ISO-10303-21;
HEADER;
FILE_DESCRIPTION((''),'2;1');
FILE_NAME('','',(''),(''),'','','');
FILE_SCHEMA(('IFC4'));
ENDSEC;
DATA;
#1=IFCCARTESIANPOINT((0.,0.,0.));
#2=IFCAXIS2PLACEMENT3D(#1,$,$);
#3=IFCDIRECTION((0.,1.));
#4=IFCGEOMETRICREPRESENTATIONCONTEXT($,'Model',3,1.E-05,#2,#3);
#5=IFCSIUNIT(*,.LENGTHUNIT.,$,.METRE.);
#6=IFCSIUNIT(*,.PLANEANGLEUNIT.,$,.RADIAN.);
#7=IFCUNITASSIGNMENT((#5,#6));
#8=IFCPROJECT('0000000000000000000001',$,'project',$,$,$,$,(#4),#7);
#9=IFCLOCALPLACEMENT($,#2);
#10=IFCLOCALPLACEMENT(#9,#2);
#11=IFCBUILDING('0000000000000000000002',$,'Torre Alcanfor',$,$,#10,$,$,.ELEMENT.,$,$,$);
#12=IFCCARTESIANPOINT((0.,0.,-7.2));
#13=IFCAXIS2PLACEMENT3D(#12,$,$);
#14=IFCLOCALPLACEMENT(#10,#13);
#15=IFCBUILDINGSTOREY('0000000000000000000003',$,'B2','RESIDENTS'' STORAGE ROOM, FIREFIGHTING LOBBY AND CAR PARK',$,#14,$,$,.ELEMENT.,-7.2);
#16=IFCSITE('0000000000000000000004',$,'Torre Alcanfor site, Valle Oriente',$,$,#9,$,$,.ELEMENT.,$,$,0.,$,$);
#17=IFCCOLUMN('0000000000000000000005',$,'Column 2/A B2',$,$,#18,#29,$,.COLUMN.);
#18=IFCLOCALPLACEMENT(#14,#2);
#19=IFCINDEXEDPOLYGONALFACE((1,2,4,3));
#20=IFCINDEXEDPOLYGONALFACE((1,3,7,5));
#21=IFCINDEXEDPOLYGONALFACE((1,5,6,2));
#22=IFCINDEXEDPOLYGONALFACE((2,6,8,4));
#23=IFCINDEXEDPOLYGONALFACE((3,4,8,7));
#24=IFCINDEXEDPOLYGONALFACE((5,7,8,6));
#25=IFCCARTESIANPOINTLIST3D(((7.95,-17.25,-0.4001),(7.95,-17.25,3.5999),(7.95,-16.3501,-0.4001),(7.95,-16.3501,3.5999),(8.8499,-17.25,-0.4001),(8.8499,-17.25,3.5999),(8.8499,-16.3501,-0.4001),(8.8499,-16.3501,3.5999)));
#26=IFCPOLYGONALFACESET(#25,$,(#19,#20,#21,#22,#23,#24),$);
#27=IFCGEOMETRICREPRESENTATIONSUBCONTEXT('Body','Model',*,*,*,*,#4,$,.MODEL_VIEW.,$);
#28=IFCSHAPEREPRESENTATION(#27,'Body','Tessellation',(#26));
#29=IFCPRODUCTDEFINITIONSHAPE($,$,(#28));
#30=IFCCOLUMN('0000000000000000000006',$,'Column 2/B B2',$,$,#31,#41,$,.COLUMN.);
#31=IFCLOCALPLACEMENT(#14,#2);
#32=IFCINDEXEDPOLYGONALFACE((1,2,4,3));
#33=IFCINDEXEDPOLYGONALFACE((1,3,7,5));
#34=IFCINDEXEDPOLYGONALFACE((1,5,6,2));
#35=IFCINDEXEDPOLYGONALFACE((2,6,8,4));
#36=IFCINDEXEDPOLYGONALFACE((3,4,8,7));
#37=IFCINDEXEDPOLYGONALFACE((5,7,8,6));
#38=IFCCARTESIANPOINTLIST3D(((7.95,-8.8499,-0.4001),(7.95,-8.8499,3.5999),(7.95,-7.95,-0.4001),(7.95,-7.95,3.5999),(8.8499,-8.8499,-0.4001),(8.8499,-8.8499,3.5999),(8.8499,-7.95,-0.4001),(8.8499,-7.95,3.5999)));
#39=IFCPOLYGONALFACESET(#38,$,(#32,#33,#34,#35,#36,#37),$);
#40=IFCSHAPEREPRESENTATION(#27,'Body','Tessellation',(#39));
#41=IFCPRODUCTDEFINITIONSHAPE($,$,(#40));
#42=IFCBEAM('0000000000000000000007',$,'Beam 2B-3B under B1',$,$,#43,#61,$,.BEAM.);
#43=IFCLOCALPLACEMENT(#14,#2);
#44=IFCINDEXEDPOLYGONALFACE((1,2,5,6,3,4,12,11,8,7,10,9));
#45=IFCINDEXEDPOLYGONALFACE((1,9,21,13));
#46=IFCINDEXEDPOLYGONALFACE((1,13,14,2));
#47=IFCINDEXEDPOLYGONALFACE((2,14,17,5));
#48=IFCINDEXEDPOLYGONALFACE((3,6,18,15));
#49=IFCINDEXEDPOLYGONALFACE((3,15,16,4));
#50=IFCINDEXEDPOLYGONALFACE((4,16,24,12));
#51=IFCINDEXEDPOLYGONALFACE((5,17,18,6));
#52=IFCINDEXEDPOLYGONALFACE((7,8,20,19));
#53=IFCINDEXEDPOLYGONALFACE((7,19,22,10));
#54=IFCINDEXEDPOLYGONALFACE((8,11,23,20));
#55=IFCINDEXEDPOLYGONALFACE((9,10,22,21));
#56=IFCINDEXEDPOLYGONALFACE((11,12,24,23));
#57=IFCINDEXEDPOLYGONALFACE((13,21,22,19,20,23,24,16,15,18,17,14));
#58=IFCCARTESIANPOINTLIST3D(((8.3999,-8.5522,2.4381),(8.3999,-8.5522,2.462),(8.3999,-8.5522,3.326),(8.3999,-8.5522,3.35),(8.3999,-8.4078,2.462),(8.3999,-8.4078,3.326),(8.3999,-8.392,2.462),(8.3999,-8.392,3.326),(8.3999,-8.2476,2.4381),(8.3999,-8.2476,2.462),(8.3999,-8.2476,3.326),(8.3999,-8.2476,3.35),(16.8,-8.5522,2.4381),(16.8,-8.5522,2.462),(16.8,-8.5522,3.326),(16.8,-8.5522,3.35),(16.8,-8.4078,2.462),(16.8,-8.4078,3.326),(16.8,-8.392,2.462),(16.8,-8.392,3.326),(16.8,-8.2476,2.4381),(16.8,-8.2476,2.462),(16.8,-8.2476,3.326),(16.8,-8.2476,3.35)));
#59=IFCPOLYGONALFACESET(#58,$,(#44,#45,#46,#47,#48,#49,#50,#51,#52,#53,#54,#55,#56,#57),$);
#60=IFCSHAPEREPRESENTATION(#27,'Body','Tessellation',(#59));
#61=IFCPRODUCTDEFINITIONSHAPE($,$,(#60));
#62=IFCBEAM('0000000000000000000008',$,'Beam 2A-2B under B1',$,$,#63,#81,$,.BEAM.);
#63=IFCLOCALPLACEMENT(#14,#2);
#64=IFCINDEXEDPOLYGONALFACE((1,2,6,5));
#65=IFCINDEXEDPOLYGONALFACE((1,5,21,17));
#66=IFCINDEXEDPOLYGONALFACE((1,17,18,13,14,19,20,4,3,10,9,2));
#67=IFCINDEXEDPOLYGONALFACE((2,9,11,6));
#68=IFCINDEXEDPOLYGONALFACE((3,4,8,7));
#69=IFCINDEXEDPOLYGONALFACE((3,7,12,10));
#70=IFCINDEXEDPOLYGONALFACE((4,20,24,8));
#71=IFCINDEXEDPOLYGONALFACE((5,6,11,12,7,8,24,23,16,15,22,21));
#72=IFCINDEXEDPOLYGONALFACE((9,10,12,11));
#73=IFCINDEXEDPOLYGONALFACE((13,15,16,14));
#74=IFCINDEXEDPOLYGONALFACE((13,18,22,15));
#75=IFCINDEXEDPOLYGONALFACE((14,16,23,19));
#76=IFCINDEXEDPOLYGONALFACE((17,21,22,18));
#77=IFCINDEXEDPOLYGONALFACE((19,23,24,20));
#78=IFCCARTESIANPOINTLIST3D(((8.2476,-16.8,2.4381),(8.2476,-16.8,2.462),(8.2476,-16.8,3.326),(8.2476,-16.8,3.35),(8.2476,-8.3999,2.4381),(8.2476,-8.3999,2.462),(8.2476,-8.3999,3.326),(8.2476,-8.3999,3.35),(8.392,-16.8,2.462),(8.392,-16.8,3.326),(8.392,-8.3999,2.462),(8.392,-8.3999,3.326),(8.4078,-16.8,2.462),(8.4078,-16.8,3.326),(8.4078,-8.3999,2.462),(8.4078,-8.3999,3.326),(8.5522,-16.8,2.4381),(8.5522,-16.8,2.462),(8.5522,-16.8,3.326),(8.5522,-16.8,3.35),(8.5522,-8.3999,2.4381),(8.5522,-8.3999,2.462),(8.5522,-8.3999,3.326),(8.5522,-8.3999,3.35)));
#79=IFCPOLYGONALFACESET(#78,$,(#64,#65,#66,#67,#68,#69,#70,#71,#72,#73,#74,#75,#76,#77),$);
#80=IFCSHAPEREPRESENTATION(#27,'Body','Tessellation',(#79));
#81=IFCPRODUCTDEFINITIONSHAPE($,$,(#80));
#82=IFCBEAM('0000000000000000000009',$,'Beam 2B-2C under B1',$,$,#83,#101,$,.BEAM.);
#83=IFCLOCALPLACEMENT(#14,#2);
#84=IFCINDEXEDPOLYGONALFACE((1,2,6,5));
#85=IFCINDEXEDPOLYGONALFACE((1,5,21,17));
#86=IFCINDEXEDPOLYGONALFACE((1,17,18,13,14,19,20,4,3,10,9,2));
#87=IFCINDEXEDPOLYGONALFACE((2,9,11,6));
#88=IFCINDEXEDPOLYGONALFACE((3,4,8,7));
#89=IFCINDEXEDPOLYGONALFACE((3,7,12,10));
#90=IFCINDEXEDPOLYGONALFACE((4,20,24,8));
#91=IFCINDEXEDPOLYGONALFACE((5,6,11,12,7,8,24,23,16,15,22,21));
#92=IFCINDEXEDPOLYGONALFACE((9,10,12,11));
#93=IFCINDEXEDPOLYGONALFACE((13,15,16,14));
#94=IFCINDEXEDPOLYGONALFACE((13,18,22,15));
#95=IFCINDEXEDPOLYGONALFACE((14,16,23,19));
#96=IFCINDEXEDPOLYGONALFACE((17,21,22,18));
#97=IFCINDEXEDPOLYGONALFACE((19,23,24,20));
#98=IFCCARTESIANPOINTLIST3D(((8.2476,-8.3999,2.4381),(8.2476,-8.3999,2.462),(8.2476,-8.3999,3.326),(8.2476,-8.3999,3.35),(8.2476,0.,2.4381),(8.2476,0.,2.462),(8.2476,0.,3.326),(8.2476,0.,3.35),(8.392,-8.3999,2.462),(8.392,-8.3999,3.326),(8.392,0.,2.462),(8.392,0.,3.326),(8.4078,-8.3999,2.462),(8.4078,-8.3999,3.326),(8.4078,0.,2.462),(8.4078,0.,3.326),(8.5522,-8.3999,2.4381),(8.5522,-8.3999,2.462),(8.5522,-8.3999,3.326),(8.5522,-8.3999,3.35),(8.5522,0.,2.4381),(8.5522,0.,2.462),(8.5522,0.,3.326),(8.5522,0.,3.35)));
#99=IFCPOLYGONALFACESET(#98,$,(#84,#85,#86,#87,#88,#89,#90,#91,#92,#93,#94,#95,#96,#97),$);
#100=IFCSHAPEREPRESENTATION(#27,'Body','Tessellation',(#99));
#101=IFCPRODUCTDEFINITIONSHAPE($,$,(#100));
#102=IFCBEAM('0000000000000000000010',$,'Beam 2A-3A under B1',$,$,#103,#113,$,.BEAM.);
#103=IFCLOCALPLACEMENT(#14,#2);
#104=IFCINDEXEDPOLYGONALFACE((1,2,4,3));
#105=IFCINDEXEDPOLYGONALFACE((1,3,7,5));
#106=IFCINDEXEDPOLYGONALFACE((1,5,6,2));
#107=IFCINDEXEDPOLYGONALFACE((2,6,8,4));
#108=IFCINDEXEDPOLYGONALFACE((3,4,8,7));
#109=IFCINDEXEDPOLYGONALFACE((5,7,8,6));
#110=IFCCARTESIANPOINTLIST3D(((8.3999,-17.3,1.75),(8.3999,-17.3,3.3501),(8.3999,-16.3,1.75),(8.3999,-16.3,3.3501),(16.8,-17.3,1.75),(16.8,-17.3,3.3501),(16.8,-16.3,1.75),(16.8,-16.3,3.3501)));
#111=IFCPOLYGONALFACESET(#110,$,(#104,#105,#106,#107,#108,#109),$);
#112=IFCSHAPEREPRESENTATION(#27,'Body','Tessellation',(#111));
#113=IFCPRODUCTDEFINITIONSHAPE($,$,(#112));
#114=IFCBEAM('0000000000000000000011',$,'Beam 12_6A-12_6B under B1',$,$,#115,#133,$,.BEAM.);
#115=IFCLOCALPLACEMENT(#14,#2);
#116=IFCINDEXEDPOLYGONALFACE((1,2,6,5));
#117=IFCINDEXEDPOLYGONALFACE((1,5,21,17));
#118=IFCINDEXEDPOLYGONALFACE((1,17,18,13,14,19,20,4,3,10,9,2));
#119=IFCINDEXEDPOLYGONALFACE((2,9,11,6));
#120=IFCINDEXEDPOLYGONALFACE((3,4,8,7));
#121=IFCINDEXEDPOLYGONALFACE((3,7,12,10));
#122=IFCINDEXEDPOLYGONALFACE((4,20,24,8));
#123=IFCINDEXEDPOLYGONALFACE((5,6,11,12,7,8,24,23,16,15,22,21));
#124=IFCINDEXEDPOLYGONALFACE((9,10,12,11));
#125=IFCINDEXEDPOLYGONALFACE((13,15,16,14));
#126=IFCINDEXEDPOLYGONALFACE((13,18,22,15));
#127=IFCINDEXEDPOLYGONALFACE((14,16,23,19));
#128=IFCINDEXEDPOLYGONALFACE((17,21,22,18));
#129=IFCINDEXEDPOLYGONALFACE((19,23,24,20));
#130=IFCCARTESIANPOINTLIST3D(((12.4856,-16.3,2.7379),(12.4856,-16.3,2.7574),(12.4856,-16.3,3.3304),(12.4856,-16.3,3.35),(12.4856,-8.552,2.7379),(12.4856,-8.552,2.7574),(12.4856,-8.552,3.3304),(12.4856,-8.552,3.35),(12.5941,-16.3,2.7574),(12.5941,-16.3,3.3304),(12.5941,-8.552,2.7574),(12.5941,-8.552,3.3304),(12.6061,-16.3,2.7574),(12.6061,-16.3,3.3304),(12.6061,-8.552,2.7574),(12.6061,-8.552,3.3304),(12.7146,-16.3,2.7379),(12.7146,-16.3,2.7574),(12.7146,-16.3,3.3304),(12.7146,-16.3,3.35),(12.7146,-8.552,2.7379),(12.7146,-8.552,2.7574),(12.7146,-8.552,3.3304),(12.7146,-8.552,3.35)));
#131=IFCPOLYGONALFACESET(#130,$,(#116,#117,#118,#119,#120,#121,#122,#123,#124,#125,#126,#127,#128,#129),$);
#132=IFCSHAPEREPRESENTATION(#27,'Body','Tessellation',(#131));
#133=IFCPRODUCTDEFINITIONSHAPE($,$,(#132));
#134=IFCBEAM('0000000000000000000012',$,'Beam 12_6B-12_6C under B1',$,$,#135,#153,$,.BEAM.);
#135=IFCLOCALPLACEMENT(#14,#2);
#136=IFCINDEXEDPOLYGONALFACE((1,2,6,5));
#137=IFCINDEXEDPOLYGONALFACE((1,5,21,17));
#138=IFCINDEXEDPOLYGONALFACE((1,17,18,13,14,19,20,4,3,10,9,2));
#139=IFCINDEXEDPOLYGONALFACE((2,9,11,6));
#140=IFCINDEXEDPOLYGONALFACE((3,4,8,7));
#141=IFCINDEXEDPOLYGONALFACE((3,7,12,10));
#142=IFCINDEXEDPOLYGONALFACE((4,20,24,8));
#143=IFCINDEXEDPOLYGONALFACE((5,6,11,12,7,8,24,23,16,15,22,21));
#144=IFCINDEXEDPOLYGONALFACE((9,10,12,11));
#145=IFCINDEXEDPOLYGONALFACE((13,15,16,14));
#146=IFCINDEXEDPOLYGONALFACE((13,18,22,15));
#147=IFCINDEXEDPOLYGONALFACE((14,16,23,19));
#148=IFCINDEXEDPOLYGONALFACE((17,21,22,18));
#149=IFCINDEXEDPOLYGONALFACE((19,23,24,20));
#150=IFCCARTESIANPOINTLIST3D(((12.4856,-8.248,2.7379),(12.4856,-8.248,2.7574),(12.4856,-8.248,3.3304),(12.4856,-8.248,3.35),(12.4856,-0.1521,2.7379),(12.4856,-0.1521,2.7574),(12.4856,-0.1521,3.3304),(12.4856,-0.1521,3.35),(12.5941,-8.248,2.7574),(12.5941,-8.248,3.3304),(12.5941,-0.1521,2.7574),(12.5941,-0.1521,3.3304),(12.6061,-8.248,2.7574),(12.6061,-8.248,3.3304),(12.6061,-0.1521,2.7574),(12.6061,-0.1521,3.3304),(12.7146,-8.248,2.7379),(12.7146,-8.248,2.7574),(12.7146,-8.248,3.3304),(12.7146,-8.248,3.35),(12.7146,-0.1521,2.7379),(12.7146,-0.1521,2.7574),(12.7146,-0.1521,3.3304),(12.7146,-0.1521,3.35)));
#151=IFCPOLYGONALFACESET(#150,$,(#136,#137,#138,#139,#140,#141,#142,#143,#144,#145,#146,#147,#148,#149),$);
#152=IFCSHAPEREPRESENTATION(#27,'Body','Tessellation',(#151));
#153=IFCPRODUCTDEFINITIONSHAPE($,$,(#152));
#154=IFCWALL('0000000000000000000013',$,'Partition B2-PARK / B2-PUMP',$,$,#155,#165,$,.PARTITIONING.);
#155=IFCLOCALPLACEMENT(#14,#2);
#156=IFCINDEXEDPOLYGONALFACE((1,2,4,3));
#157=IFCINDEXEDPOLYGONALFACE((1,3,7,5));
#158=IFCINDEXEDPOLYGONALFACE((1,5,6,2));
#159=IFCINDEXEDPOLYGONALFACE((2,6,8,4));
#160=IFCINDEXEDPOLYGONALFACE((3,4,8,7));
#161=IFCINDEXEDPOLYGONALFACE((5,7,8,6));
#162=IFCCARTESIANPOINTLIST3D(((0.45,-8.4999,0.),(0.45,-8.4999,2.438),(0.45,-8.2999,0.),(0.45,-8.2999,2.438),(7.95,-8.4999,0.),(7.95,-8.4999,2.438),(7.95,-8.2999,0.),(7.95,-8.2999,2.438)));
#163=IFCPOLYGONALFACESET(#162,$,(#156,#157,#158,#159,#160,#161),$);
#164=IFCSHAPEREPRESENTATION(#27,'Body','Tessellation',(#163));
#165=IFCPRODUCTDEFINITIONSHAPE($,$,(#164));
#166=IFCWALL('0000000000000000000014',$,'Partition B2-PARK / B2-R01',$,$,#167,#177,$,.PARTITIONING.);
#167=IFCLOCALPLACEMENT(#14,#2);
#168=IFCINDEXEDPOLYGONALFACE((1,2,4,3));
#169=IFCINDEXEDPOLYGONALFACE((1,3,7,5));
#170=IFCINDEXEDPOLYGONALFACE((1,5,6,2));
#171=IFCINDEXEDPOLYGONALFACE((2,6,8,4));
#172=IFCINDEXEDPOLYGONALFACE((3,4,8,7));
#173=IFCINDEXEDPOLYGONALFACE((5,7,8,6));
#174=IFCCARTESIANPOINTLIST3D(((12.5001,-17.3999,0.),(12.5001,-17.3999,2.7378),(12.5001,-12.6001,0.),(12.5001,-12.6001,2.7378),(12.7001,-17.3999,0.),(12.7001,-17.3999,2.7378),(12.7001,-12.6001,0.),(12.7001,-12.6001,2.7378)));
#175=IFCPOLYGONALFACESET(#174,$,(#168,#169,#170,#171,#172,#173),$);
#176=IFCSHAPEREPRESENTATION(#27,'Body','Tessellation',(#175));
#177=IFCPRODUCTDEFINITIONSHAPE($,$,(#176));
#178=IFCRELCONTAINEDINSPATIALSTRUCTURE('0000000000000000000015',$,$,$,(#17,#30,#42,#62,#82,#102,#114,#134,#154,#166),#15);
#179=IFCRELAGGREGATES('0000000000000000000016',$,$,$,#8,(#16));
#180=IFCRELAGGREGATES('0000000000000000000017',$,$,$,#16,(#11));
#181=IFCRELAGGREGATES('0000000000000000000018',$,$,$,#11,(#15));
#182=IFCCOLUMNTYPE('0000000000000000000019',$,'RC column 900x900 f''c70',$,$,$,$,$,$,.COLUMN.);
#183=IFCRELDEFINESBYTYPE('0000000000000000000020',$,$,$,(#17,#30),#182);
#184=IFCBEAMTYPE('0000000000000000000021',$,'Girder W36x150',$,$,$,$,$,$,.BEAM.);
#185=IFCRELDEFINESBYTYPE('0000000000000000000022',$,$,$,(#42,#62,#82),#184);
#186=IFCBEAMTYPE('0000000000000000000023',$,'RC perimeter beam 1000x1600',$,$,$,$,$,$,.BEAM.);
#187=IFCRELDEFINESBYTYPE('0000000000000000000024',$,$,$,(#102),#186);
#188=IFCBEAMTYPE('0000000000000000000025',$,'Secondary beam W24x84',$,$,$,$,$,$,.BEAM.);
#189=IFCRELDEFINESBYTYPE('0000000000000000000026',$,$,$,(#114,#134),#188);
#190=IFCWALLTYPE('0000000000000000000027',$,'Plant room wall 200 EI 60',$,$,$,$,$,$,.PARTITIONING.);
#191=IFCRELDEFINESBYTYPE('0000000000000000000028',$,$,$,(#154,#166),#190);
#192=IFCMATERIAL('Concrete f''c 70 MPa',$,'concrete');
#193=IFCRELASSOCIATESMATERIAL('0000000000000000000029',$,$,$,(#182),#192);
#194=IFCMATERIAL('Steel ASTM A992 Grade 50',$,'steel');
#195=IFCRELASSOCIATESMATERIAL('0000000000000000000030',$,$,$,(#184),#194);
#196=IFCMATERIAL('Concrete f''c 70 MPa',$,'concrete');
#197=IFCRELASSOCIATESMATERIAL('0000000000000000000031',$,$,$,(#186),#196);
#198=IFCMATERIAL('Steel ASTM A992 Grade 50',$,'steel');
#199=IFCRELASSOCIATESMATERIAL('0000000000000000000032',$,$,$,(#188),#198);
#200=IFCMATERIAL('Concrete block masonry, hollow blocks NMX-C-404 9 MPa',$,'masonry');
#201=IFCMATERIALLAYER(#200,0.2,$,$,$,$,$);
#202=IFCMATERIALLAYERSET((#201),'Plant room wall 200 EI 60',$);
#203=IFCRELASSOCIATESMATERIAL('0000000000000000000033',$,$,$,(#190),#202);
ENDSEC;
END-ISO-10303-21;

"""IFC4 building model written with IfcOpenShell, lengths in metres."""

from ifc_helpers import new_model, si_unit, direction, frame, frame_2d, origin, origin_2d, place, context, subcontext, project, spatial, rectangle, i_section, extrude, material, layer, layer_set, material_profile, profile_set, type_object, element, save


model = new_model("IFC4")

# Units and contexts
model_context = context("Model", 3, precision=1e-05, world=origin(), true_north=direction((0.0, 1.0)))
body_context = subcontext(model_context, "Body", "Model", "MODEL_VIEW")
ifc_project = project(units=[si_unit("LENGTHUNIT", "METRE"), si_unit("PLANEANGLEUNIT", "RADIAN")], contexts=[model_context])

# Site, building, storey
site_placement = place(None, origin())
site = spatial("IfcSite", under=ifc_project, at=site_placement, Name="Torre Alcanfor site, Valle Oriente", CompositionType="ELEMENT", RefElevation=0.0)
building_placement = place(site_placement, origin())
building = spatial("IfcBuilding", under=site, at=building_placement, Name="Torre Alcanfor", CompositionType="ELEMENT")
storey_placement = place(building_placement, frame((0.0, 0.0, -7.2)))
storey = spatial("IfcBuildingStorey", under=building, at=storey_placement, Name="B2", Description="RESIDENTS' STORAGE ROOM, FIREFIGHTING LOBBY AND CAR PARK", CompositionType="ELEMENT", Elevation=-7.2)

# Columns
ifc_material_1 = material(Name="Concrete f'c 70 MPa", Category="concrete")
ifc_material_profile_1 = material_profile(ifc_material_1, rectangle(XDim=0.8999, YDim=0.8999, at=origin_2d()), Name="900x900")
ifc_profile_set_1 = profile_set([ifc_material_profile_1], Name="Concrete f'c 70 MPa")
column_type = type_object("IfcColumnType", Name="RC column 900x900 f'c70", PredefinedType="COLUMN", material=ifc_profile_set_1)
for number, where, z_axis, x_axis, name in (
    (1, (8.3999, -16.8, -0.4001), (0.0, 0.0, 1.0), (1.0, 0.0, 0.0), "Column 2/A B2"),
    (2, (8.3999, -8.3999, -0.4001), (0.0, 0.0, 1.0), (1.0, 0.0, 0.0), "Column 2/B B2"),
):
    element("IfcColumn", number, at=place(storey_placement, frame(where, z_axis=z_axis, x_axis=x_axis)), inside=storey, type_object=column_type, Name=name, PredefinedType="COLUMN", context=body_context, shape_type="SweptSolid", body=[
        extrude(rectangle(XDim=0.8999, YDim=0.8999, at=origin_2d()), origin(), (0.0, 0.0, 1.0), 4.0),
    ])

# Beams
ifc_material_2 = material(Name="Steel ASTM A992 Grade 50", Category="steel")
ifc_material_profile_2 = material_profile(ifc_material_2, i_section(OverallWidth=0.3047, OverallDepth=0.9119, WebThickness=0.0159, FlangeThickness=0.0239, at=origin_2d()), Name="W36x150")
ifc_profile_set_2 = profile_set([ifc_material_profile_2], Name="Steel ASTM A992 Grade 50")
beam_type_1 = type_object("IfcBeamType", Name="Girder W36x150", PredefinedType="BEAM", material=ifc_profile_set_2)
for number, where, z_axis, x_axis, name in (
    (3, (8.3999, -8.3999, 2.894), (1.0, 0.0, 0.0), (0.0, 1.0, 0.0), "Beam 2B-3B under B1"),
    (4, (8.3999, -16.8, 2.894), (0.0, 1.0, 0.0), (-1.0, 0.0, 0.0), "Beam 2A-2B under B1"),
):
    element("IfcBeam", number, at=place(storey_placement, frame(where, z_axis=z_axis, x_axis=x_axis)), inside=storey, type_object=beam_type_1, Name=name, PredefinedType="BEAM", context=body_context, shape_type="SweptSolid", body=[
        extrude(i_section(OverallWidth=0.3047, OverallDepth=0.9119, WebThickness=0.0159, FlangeThickness=0.0239, at=origin_2d()), origin(), (0.0, 0.0, 1.0), 8.4001),
    ])
beam_1_placement = place(storey_placement, frame((8.3999, -8.3999, 2.894), z_axis=(0.0, 1.0, 0.0), x_axis=(-1.0, 0.0, 0.0)))
element("IfcBeam", 5, at=beam_1_placement, inside=storey, type_object=beam_type_1, Name="Beam 2B-2C under B1", PredefinedType="BEAM", context=body_context, shape_type="SweptSolid", body=[
    extrude(i_section(OverallWidth=0.3047, OverallDepth=0.9119, WebThickness=0.0159, FlangeThickness=0.0239, at=origin_2d()), origin(), (0.0, 0.0, 1.0), 8.3999),
])
ifc_material_3 = material(Name="Concrete f'c 70 MPa", Category="concrete")
ifc_material_profile_3 = material_profile(ifc_material_3, rectangle(XDim=1.0, YDim=1.6001, at=origin_2d()), Name="1000x1600")
ifc_profile_set_3 = profile_set([ifc_material_profile_3], Name="Concrete f'c 70 MPa")
beam_type_2 = type_object("IfcBeamType", Name="RC perimeter beam 1000x1600", PredefinedType="BEAM", material=ifc_profile_set_3)
beam_2_placement = place(storey_placement, frame((8.3999, -16.8, 2.55), z_axis=(1.0, 0.0, 0.0), x_axis=(0.0, 1.0, 0.0)))
element("IfcBeam", 6, at=beam_2_placement, inside=storey, type_object=beam_type_2, Name="Beam 2A-3A under B1", PredefinedType="BEAM", context=body_context, shape_type="SweptSolid", body=[
    extrude(rectangle(XDim=1.0, YDim=1.6001, at=origin_2d()), origin(), (0.0, 0.0, 1.0), 8.4001),
])
ifc_material_4 = material(Name="Steel ASTM A992 Grade 50", Category="steel")
ifc_material_profile_4 = material_profile(ifc_material_4, i_section(OverallWidth=0.229, OverallDepth=0.6121, WebThickness=0.012, FlangeThickness=0.0195, at=origin_2d()), Name="W24x84")
ifc_profile_set_4 = profile_set([ifc_material_profile_4], Name="Steel ASTM A992 Grade 50")
beam_type_3 = type_object("IfcBeamType", Name="Secondary beam W24x84", PredefinedType="BEAM", material=ifc_profile_set_4)
beam_3_placement = place(storey_placement, frame((12.6001, -16.3, 3.0439), z_axis=(0.0, 1.0, 0.0), x_axis=(-1.0, 0.0, 0.0)))
element("IfcBeam", 7, at=beam_3_placement, inside=storey, type_object=beam_type_3, Name="Beam 12_6A-12_6B under B1", PredefinedType="BEAM", context=body_context, shape_type="SweptSolid", body=[
    extrude(i_section(OverallWidth=0.229, OverallDepth=0.6121, WebThickness=0.012, FlangeThickness=0.0195, at=origin_2d()), origin(), (0.0, 0.0, 1.0), 7.748),
])
beam_4_placement = place(storey_placement, frame((12.6001, -8.248, 3.0439), z_axis=(0.0, 1.0, 0.0), x_axis=(-1.0, 0.0, 0.0)))
element("IfcBeam", 8, at=beam_4_placement, inside=storey, type_object=beam_type_3, Name="Beam 12_6B-12_6C under B1", PredefinedType="BEAM", context=body_context, shape_type="SweptSolid", body=[
    extrude(i_section(OverallWidth=0.229, OverallDepth=0.6121, WebThickness=0.012, FlangeThickness=0.0195, at=origin_2d()), origin(), (0.0, 0.0, 1.0), 8.0959),
])

# Wall
ifc_material_5 = material(Name="Concrete block masonry, hollow blocks NMX-C-404 9 MPa", Category="masonry")
ifc_layer_1 = layer(ifc_material_5, 0.2)
ifc_layer_set_1 = layer_set([ifc_layer_1], Name="Plant room wall 200 EI 60")
wall_type = type_object("IfcWallType", Name="Plant room wall 200 EI 60", PredefinedType="PARTITIONING", material=ifc_layer_set_1)
wall_1_placement = place(storey_placement, frame((7.95, -8.3999, 0.0), z_axis=(0.0, 0.0, 1.0), x_axis=(-1.0, 0.0, 0.0)))
element("IfcWall", 9, at=wall_1_placement, inside=storey, type_object=wall_type, Name="Partition B2-PARK / B2-PUMP", PredefinedType="PARTITIONING", context=body_context, shape_type="SweptSolid", body=[
    extrude(rectangle(XDim=7.5, YDim=0.2, at=frame_2d((3.75, 0.0))), origin(), (0.0, 0.0, 1.0), 2.438),
])

# Wall
wall_2_placement = place(storey_placement, frame((12.6001, -12.6001, 0.0), z_axis=(0.0, 0.0, 1.0), x_axis=(0.0, -1.0, 0.0)))
element("IfcWall", 10, at=wall_2_placement, inside=storey, type_object=wall_type, Name="Partition B2-PARK / B2-R01", PredefinedType="PARTITIONING", context=body_context, shape_type="SweptSolid", body=[
    extrude(rectangle(XDim=4.7998, YDim=0.2, at=frame_2d((2.3999, 0.0))), origin(), (0.0, 0.0, 1.0), 2.7378),
])

save(model, "model.ifc")
